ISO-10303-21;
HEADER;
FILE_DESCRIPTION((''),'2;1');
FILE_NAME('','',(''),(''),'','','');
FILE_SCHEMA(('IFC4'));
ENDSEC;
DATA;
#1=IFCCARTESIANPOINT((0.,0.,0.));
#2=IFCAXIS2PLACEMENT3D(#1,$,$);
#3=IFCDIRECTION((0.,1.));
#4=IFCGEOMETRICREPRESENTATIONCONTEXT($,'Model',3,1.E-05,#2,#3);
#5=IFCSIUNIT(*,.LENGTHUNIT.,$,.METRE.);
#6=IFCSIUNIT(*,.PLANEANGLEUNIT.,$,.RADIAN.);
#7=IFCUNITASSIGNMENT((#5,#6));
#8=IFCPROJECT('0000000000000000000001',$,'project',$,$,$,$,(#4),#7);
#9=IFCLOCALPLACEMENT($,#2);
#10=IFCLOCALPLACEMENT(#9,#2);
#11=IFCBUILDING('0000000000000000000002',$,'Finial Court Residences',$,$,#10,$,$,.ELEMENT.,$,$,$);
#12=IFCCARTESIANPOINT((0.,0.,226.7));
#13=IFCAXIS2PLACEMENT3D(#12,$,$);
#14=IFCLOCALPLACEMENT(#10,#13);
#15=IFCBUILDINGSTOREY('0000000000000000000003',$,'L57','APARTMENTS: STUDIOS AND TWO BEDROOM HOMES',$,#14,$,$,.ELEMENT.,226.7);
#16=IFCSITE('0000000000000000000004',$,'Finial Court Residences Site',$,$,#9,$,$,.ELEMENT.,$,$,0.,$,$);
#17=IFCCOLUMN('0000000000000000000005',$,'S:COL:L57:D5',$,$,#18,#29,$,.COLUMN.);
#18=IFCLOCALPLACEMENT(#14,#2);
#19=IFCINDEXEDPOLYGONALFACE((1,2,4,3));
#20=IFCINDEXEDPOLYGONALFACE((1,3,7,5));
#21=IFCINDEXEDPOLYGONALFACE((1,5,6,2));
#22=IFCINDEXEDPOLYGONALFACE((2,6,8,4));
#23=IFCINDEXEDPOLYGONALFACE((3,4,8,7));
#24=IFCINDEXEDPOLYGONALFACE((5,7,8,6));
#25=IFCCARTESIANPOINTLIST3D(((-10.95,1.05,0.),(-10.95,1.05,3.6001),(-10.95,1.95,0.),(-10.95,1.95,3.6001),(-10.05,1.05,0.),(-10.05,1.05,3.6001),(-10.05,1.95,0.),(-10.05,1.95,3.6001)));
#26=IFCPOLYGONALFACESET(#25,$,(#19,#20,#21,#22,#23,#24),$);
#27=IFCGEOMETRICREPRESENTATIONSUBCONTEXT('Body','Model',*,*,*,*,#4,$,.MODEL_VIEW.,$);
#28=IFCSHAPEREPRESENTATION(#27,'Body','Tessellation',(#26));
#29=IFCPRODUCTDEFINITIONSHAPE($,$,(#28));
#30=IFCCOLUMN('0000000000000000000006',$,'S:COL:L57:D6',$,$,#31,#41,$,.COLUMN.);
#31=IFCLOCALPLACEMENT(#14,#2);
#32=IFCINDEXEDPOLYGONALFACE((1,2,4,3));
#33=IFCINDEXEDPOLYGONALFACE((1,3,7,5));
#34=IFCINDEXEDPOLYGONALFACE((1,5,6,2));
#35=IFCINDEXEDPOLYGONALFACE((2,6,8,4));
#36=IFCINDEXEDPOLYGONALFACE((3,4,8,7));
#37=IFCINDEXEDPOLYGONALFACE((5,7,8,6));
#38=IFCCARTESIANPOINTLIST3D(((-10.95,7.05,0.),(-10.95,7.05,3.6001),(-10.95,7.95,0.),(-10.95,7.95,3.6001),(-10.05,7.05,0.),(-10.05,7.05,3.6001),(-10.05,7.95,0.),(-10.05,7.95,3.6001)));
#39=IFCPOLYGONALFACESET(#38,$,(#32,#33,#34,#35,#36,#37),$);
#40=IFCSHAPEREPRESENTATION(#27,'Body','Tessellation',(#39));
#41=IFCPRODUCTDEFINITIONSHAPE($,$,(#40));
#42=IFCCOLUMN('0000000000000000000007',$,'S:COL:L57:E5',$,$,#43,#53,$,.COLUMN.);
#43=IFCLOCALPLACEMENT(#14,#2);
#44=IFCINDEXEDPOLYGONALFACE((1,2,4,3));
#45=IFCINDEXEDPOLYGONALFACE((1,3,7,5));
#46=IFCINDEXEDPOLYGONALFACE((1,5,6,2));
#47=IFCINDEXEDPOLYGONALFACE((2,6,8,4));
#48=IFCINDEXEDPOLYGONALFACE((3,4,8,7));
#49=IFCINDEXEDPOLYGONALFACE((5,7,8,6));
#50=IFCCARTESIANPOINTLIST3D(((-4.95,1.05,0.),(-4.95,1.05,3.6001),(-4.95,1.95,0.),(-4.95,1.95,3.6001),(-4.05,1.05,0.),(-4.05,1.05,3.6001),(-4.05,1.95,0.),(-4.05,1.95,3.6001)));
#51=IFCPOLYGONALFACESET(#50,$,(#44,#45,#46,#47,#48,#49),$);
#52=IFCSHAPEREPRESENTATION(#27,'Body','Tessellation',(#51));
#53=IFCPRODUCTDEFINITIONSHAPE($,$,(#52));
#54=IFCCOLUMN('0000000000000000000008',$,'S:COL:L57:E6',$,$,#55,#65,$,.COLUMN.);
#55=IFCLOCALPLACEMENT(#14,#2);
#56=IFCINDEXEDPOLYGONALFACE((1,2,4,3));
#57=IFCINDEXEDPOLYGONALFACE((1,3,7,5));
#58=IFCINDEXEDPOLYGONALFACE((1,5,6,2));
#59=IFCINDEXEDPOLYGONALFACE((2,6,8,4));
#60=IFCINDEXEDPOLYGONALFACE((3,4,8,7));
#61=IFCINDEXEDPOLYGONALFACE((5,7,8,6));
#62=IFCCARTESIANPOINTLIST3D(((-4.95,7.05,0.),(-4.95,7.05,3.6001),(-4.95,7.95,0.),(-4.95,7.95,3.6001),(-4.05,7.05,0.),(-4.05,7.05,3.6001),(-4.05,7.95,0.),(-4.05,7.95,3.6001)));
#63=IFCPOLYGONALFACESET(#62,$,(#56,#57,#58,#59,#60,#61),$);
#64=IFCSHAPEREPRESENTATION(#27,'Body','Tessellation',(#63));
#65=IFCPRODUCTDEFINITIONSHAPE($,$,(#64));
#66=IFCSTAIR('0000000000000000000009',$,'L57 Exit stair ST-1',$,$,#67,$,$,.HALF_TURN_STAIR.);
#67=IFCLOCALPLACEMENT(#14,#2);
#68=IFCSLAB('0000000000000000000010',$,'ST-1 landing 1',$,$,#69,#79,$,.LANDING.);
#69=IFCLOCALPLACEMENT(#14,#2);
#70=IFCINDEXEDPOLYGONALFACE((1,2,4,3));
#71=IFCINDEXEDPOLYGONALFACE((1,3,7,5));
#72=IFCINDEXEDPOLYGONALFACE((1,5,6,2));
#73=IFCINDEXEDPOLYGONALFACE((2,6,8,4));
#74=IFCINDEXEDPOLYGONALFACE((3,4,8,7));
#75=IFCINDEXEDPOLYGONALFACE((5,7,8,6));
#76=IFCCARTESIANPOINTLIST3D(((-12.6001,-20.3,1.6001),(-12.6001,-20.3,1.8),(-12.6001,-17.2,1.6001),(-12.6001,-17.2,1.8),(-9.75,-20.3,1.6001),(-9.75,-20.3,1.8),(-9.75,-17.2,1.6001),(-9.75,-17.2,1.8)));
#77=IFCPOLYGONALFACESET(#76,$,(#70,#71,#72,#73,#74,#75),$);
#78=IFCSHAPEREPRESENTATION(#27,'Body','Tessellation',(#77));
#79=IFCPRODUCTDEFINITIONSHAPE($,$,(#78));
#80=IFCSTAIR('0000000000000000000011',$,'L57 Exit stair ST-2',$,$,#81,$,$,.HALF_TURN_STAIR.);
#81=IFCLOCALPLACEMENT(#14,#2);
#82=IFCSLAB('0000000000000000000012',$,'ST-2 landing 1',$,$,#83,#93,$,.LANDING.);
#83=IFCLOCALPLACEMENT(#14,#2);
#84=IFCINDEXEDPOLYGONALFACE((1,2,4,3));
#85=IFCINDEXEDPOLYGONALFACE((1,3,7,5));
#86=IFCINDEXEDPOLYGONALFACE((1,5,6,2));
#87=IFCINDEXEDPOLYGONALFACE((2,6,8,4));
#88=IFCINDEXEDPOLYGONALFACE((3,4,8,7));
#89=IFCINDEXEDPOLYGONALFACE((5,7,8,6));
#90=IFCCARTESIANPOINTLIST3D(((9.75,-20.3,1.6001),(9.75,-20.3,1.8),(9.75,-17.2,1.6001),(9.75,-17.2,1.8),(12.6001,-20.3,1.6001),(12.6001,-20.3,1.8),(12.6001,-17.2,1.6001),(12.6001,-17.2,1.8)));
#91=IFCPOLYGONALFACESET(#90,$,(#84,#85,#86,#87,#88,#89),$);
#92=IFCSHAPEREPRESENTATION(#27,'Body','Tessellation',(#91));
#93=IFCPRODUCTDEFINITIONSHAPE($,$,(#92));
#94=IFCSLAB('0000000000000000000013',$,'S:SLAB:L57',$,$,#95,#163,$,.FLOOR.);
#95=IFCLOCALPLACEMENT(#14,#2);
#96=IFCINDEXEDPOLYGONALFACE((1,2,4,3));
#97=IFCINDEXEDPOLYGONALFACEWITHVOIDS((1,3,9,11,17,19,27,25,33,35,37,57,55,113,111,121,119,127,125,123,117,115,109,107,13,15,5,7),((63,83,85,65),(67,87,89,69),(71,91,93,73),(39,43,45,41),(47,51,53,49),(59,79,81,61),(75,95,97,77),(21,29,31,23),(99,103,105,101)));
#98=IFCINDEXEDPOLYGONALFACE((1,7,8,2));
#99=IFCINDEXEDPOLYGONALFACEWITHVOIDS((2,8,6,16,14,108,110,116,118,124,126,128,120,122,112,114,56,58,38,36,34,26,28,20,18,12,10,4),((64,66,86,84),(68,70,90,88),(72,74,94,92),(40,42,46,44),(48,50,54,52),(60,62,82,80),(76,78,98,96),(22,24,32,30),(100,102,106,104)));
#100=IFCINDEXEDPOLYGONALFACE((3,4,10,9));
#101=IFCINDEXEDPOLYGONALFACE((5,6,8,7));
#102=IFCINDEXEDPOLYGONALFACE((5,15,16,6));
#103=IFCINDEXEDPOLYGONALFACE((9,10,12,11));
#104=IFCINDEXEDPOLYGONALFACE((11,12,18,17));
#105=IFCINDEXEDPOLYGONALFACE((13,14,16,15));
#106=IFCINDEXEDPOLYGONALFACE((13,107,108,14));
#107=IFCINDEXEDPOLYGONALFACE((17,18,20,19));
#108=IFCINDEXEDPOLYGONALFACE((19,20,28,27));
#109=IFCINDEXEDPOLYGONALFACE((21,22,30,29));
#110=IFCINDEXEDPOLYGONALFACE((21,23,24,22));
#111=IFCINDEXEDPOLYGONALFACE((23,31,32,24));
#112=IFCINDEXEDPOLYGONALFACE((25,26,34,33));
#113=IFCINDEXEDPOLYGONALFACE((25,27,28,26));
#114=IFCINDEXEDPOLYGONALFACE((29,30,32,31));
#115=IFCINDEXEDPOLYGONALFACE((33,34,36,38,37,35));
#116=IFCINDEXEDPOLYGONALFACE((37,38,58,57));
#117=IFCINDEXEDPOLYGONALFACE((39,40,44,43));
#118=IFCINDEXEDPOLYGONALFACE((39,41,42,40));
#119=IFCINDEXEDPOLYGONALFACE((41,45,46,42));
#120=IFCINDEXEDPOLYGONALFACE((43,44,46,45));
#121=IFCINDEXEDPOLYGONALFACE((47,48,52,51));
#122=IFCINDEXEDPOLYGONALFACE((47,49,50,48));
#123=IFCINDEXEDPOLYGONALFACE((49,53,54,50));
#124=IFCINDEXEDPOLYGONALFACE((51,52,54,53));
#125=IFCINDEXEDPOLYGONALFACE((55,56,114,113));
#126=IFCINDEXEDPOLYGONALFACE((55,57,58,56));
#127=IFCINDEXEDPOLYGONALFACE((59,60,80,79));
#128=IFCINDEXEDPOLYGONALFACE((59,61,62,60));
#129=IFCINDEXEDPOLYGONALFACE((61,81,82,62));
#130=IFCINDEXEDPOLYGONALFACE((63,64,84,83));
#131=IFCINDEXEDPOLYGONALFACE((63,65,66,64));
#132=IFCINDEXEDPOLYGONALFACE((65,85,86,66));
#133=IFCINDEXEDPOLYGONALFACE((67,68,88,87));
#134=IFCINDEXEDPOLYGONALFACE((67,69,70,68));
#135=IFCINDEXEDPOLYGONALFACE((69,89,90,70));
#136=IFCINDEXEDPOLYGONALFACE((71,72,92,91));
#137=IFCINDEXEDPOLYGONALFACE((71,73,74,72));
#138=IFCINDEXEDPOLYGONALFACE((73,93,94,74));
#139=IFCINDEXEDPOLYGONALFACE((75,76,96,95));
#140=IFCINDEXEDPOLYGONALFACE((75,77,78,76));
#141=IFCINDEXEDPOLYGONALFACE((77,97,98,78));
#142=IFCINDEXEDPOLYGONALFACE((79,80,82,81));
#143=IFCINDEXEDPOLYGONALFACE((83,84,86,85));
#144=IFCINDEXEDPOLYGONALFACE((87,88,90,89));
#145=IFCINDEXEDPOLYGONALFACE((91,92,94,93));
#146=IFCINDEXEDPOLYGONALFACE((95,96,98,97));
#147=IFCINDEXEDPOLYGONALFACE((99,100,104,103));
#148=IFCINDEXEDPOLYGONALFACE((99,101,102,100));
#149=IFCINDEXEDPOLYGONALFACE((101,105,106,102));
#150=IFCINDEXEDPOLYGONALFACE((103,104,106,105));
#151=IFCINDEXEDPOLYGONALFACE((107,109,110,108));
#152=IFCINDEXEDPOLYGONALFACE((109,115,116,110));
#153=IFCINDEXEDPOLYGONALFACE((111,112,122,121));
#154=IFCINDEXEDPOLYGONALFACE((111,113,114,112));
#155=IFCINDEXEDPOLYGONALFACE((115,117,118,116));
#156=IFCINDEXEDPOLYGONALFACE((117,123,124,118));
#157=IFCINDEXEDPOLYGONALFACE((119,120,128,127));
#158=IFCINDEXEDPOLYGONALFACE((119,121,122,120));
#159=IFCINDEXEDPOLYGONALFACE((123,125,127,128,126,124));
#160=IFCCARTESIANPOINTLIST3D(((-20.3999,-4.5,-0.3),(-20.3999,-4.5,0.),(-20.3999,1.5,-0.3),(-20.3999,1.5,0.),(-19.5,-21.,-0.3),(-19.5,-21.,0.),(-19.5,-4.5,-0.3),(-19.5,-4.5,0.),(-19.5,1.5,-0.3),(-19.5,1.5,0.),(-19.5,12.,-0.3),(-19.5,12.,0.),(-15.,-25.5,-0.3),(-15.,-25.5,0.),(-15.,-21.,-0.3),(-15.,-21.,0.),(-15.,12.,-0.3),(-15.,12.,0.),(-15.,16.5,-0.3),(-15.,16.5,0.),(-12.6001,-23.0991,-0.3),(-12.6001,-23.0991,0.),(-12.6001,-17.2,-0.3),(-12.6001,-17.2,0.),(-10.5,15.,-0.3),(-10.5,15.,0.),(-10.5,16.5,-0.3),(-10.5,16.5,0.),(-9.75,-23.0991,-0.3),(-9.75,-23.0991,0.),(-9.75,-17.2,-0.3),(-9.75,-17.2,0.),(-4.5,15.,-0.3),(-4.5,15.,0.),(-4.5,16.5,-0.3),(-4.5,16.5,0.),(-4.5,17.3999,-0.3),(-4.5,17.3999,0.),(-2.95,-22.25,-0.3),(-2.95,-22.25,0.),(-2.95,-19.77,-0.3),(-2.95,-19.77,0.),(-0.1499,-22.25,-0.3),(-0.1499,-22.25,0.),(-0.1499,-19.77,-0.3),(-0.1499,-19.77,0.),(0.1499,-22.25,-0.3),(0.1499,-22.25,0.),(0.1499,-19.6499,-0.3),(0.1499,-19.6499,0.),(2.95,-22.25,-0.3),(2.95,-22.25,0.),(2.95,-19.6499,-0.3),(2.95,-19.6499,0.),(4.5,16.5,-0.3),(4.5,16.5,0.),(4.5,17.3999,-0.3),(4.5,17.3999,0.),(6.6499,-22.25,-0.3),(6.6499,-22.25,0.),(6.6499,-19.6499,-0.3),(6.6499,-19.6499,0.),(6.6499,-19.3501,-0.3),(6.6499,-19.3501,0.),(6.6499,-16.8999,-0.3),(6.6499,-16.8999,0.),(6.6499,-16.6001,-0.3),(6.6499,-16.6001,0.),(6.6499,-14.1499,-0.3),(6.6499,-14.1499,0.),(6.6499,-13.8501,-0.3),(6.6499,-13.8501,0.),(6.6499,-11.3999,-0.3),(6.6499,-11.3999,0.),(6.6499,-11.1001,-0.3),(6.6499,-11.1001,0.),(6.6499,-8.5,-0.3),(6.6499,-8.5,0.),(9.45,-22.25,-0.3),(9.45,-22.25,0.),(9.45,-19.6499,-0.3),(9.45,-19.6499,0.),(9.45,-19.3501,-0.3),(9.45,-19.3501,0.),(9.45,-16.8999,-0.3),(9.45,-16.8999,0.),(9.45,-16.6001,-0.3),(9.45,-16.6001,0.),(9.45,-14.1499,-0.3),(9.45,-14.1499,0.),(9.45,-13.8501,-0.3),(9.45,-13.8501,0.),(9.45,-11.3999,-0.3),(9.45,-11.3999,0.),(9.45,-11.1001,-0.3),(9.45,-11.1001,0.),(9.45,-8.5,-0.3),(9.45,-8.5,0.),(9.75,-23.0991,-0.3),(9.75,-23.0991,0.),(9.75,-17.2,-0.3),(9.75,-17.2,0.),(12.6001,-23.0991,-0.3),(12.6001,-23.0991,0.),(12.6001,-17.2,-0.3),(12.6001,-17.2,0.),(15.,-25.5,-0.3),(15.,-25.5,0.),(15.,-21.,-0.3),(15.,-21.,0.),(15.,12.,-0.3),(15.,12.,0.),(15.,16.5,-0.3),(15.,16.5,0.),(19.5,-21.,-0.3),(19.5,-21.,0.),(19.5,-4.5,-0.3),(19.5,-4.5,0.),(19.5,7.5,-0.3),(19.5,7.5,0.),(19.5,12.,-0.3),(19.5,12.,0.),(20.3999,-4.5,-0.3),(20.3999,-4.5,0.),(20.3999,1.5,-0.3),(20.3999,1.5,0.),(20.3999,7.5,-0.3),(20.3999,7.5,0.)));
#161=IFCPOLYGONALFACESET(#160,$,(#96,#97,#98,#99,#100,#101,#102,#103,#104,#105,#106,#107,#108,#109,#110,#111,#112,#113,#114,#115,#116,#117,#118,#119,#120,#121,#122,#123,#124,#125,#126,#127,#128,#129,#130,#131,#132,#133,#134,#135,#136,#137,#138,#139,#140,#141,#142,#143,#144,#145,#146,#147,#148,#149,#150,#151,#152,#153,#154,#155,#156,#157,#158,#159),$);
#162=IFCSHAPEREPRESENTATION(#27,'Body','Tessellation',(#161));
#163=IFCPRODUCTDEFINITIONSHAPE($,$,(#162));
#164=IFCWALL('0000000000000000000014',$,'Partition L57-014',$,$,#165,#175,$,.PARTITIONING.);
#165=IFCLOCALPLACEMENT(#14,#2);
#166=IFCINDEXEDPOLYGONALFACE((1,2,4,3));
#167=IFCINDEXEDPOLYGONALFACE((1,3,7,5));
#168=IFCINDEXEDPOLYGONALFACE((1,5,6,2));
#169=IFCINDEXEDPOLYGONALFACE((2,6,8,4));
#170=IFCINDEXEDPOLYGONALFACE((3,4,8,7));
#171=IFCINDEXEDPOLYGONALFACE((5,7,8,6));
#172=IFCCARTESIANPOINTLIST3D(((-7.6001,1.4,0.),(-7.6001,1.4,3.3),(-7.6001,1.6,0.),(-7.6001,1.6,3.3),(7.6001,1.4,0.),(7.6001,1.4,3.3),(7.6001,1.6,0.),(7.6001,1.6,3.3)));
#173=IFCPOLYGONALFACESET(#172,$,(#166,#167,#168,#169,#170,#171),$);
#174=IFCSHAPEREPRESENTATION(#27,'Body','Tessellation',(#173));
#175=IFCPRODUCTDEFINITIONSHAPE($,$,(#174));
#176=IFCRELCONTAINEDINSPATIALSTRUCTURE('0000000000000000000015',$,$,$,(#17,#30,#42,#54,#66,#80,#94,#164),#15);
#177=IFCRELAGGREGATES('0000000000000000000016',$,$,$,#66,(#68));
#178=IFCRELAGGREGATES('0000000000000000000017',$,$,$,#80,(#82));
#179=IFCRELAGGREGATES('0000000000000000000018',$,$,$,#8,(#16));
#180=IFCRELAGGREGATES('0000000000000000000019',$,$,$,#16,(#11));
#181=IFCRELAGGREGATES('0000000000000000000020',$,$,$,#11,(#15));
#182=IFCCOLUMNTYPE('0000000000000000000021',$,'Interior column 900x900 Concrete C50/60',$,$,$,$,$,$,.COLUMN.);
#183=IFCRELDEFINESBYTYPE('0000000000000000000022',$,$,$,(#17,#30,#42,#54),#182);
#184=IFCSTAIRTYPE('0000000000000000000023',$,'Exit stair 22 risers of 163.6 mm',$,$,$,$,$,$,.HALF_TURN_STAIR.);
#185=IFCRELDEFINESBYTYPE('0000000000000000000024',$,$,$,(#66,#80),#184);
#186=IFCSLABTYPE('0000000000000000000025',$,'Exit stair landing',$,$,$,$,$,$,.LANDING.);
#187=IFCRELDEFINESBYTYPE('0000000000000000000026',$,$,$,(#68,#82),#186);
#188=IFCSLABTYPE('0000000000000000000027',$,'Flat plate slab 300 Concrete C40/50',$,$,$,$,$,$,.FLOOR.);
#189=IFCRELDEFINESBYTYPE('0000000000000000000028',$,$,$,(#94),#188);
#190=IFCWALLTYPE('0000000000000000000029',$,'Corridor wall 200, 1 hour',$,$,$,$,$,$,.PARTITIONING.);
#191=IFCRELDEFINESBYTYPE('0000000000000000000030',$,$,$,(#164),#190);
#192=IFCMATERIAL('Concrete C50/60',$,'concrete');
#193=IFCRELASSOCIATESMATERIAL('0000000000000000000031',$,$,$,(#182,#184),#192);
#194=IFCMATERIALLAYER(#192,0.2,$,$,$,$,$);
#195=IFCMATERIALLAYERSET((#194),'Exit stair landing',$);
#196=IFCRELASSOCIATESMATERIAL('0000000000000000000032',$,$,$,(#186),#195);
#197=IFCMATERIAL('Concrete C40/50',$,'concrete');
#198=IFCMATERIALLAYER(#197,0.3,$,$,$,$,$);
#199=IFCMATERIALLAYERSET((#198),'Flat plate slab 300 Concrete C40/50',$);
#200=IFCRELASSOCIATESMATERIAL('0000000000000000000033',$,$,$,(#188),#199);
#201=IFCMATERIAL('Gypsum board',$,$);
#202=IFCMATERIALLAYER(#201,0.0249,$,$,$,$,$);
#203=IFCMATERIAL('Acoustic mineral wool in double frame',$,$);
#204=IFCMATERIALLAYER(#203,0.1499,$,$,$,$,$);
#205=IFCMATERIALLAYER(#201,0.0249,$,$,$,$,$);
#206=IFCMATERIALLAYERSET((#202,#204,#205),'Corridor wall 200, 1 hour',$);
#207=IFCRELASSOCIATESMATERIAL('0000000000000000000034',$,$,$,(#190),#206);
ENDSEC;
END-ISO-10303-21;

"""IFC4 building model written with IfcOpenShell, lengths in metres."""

from ifc_helpers import new_model, si_unit, direction, frame, frame_2d, origin, origin_2d, place, context, subcontext, project, spatial, polyline, rectangle, outline, extrude, material, layer, layer_set, material_profile, profile_set, type_object, element, aggregate, save


model = new_model("IFC4")

# Units and contexts
model_context = context("Model", 3, precision=1e-05, world=origin(), true_north=direction((0.0, 1.0)))
body_context = subcontext(model_context, "Body", "Model", "MODEL_VIEW")
ifc_project = project(units=[si_unit("LENGTHUNIT", "METRE"), si_unit("PLANEANGLEUNIT", "RADIAN")], contexts=[model_context])

# Site, building, storey
site_placement = place(None, origin())
site = spatial("IfcSite", under=ifc_project, at=site_placement, Name="Finial Court Residences Site", CompositionType="ELEMENT", RefElevation=0.0)
building_placement = place(site_placement, origin())
building = spatial("IfcBuilding", under=site, at=building_placement, Name="Finial Court Residences", CompositionType="ELEMENT")
storey_placement = place(building_placement, frame((0.0, 0.0, 226.7)))
storey = spatial("IfcBuildingStorey", under=building, at=storey_placement, Name="L57", Description="APARTMENTS: STUDIOS AND TWO BEDROOM HOMES", CompositionType="ELEMENT", Elevation=226.7)

# Columns
ifc_material_1 = material(Name="Concrete C50/60", Category="concrete")
ifc_material_profile = material_profile(ifc_material_1, rectangle(XDim=0.8999, YDim=0.8999, at=origin_2d()), Name="900x900")
ifc_profile_set = profile_set([ifc_material_profile], Name="Concrete C50/60")
column_type = type_object("IfcColumnType", Name="Interior column 900x900 Concrete C50/60", PredefinedType="COLUMN", material=ifc_profile_set)
for number, where, z_axis, x_axis, name in (
    (1, (-10.5, 1.5, 0.0), (0.0, 0.0, 1.0), (1.0, 0.0, 0.0), "S:COL:L57:D5"),
    (2, (-10.5, 7.5, 0.0), (0.0, 0.0, 1.0), (1.0, 0.0, 0.0), "S:COL:L57:D6"),
    (3, (-4.5, 1.5, 0.0), (0.0, 0.0, 1.0), (1.0, 0.0, 0.0), "S:COL:L57:E5"),
    (4, (-4.5, 7.5, 0.0), (0.0, 0.0, 1.0), (1.0, 0.0, 0.0), "S:COL:L57:E6"),
):
    element("IfcColumn", number, at=place(storey_placement, frame(where, z_axis=z_axis, x_axis=x_axis)), inside=storey, type_object=column_type, Name=name, PredefinedType="COLUMN", context=body_context, shape_type="SweptSolid", body=[
        extrude(rectangle(XDim=0.8999, YDim=0.8999, at=origin_2d()), origin(), (0.0, 0.0, 1.0), 3.6001),
    ])

# Stairs, slabs
stair_type = type_object("IfcStairType", Name="Exit stair 22 risers of 163.6 mm", PredefinedType="HALF_TURN_STAIR", material=ifc_material_1)
stair_1_placement = place(storey_placement, origin())
stair_1 = element("IfcStair", 5, at=stair_1_placement, inside=storey, type_object=stair_type, Name="L57 Exit stair ST-1", PredefinedType="HALF_TURN_STAIR")
ifc_layer_1 = layer(ifc_material_1, 0.2)
ifc_layer_set_1 = layer_set([ifc_layer_1], Name="Exit stair landing")
slab_type_1 = type_object("IfcSlabType", Name="Exit stair landing", PredefinedType="LANDING", material=ifc_layer_set_1)
slab_1_placement = place(storey_placement, frame((0.0, 0.0, 1.6001)))
slab_1 = element("IfcSlab", 6, at=slab_1_placement, type_object=slab_type_1, Name="ST-1 landing 1", PredefinedType="LANDING", context=body_context, shape_type="SweptSolid", body=[
    extrude(outline(polyline([(-9.75, -20.3), (-9.75, -17.2), (-12.6001, -17.2), (-12.6001, -20.3), (-9.75, -20.3)])), origin(), (0.0, 0.0, 1.0), 0.2),
])
aggregate(stair_1, [slab_1])
stair_2_placement = place(storey_placement, origin())
stair_2 = element("IfcStair", 7, at=stair_2_placement, inside=storey, type_object=stair_type, Name="L57 Exit stair ST-2", PredefinedType="HALF_TURN_STAIR")
slab_2_placement = place(storey_placement, frame((0.0, 0.0, 1.6001)))
slab_2 = element("IfcSlab", 8, at=slab_2_placement, type_object=slab_type_1, Name="ST-2 landing 1", PredefinedType="LANDING", context=body_context, shape_type="SweptSolid", body=[
    extrude(outline(polyline([(12.6001, -20.3), (12.6001, -17.2), (9.75, -17.2), (9.75, -20.3), (12.6001, -20.3)])), origin(), (0.0, 0.0, 1.0), 0.2),
])
aggregate(stair_2, [slab_2])

# Slab
ifc_material_2 = material(Name="Concrete C40/50", Category="concrete")
ifc_layer_2 = layer(ifc_material_2, 0.3)
ifc_layer_set_2 = layer_set([ifc_layer_2], Name="Flat plate slab 300 Concrete C40/50")
slab_type_2 = type_object("IfcSlabType", Name="Flat plate slab 300 Concrete C40/50", PredefinedType="FLOOR", material=ifc_layer_set_2)
slab_3_placement = place(storey_placement, frame((0.0, 0.0, -0.3)))
element("IfcSlab", 9, at=slab_3_placement, inside=storey, type_object=slab_type_2, Name="S:SLAB:L57", PredefinedType="FLOOR", context=body_context, shape_type="SweptSolid", body=[
    extrude(outline(polyline([(-20.3999, -4.5), (-20.3999, 1.5), (-19.5, 1.5), (-19.5, 12.0), (-15.0, 12.0), (-15.0, 16.5), (-10.5, 16.5), (-10.5, 15.0), (-4.5, 15.0), (-4.5, 16.5), (-4.5, 17.3999), (4.5, 17.3999), (4.5, 16.5), (15.0, 16.5), (15.0, 12.0), (19.5, 12.0), (19.5, 7.5), (20.3999, 7.5), (20.3999, 1.5), (20.3999, -4.5), (19.5, -4.5), (19.5, -21.0), (15.0, -21.0), (15.0, -25.5), (-15.0, -25.5), (-15.0, -21.0), (-19.5, -21.0), (-19.5, -4.5), (-20.3999, -4.5)]), holes=[polyline([(-0.1499, -19.77), (-2.95, -19.77), (-2.95, -22.25), (-0.1499, -22.25), (-0.1499, -19.77)]), polyline([(2.95, -19.6499), (0.1499, -19.6499), (0.1499, -22.25), (2.95, -22.25), (2.95, -19.6499)]), polyline([(9.45, -19.6499), (6.6499, -19.6499), (6.6499, -22.25), (9.45, -22.25), (9.45, -19.6499)]), polyline([(-12.6001, -17.2), (-12.6001, -23.0991), (-9.75, -23.0991), (-9.75, -17.2), (-12.6001, -17.2)]), polyline([(9.75, -17.2), (9.75, -23.0991), (12.6001, -23.0991), (12.6001, -17.2), (9.75, -17.2)]), polyline([(9.45, -16.8999), (6.6499, -16.8999), (6.6499, -19.3501), (9.45, -19.3501), (9.45, -16.8999)]), polyline([(9.45, -14.1499), (6.6499, -14.1499), (6.6499, -16.6001), (9.45, -16.6001), (9.45, -14.1499)]), polyline([(9.45, -13.8501), (9.45, -11.3999), (6.6499, -11.3999), (6.6499, -13.8501), (9.45, -13.8501)]), polyline([(9.45, -11.1001), (9.45, -8.5), (6.6499, -8.5), (6.6499, -11.1001), (9.45, -11.1001)])]), origin(), (0.0, 0.0, 1.0), 0.3),
])

# Wall
ifc_material_3 = material(Name="Gypsum board")
ifc_layer_3 = layer(ifc_material_3, 0.0249)
ifc_material_4 = material(Name="Acoustic mineral wool in double frame")
ifc_layer_4 = layer(ifc_material_4, 0.1499)
ifc_layer_5 = layer(ifc_material_3, 0.0249)
ifc_layer_set_3 = layer_set([ifc_layer_3, ifc_layer_4, ifc_layer_5], Name="Corridor wall 200, 1 hour")
wall_type_1 = type_object("IfcWallType", Name="Corridor wall 200, 1 hour", PredefinedType="PARTITIONING", material=ifc_layer_set_3)
wall_1_placement = place(storey_placement, frame((-7.6001, 1.5, 0.0), z_axis=(0.0, 0.0, 1.0), x_axis=(1.0, 0.0, 0.0)))
element("IfcWall", 10, at=wall_1_placement, inside=storey, type_object=wall_type_1, Name="Partition L57-014", PredefinedType="PARTITIONING", context=body_context, shape_type="SweptSolid", body=[
    extrude(rectangle(XDim=15.2002, YDim=0.2, at=frame_2d((7.6001, 0.0))), origin(), (0.0, 0.0, 1.0), 3.3),
])

save(model, "model.ifc")
